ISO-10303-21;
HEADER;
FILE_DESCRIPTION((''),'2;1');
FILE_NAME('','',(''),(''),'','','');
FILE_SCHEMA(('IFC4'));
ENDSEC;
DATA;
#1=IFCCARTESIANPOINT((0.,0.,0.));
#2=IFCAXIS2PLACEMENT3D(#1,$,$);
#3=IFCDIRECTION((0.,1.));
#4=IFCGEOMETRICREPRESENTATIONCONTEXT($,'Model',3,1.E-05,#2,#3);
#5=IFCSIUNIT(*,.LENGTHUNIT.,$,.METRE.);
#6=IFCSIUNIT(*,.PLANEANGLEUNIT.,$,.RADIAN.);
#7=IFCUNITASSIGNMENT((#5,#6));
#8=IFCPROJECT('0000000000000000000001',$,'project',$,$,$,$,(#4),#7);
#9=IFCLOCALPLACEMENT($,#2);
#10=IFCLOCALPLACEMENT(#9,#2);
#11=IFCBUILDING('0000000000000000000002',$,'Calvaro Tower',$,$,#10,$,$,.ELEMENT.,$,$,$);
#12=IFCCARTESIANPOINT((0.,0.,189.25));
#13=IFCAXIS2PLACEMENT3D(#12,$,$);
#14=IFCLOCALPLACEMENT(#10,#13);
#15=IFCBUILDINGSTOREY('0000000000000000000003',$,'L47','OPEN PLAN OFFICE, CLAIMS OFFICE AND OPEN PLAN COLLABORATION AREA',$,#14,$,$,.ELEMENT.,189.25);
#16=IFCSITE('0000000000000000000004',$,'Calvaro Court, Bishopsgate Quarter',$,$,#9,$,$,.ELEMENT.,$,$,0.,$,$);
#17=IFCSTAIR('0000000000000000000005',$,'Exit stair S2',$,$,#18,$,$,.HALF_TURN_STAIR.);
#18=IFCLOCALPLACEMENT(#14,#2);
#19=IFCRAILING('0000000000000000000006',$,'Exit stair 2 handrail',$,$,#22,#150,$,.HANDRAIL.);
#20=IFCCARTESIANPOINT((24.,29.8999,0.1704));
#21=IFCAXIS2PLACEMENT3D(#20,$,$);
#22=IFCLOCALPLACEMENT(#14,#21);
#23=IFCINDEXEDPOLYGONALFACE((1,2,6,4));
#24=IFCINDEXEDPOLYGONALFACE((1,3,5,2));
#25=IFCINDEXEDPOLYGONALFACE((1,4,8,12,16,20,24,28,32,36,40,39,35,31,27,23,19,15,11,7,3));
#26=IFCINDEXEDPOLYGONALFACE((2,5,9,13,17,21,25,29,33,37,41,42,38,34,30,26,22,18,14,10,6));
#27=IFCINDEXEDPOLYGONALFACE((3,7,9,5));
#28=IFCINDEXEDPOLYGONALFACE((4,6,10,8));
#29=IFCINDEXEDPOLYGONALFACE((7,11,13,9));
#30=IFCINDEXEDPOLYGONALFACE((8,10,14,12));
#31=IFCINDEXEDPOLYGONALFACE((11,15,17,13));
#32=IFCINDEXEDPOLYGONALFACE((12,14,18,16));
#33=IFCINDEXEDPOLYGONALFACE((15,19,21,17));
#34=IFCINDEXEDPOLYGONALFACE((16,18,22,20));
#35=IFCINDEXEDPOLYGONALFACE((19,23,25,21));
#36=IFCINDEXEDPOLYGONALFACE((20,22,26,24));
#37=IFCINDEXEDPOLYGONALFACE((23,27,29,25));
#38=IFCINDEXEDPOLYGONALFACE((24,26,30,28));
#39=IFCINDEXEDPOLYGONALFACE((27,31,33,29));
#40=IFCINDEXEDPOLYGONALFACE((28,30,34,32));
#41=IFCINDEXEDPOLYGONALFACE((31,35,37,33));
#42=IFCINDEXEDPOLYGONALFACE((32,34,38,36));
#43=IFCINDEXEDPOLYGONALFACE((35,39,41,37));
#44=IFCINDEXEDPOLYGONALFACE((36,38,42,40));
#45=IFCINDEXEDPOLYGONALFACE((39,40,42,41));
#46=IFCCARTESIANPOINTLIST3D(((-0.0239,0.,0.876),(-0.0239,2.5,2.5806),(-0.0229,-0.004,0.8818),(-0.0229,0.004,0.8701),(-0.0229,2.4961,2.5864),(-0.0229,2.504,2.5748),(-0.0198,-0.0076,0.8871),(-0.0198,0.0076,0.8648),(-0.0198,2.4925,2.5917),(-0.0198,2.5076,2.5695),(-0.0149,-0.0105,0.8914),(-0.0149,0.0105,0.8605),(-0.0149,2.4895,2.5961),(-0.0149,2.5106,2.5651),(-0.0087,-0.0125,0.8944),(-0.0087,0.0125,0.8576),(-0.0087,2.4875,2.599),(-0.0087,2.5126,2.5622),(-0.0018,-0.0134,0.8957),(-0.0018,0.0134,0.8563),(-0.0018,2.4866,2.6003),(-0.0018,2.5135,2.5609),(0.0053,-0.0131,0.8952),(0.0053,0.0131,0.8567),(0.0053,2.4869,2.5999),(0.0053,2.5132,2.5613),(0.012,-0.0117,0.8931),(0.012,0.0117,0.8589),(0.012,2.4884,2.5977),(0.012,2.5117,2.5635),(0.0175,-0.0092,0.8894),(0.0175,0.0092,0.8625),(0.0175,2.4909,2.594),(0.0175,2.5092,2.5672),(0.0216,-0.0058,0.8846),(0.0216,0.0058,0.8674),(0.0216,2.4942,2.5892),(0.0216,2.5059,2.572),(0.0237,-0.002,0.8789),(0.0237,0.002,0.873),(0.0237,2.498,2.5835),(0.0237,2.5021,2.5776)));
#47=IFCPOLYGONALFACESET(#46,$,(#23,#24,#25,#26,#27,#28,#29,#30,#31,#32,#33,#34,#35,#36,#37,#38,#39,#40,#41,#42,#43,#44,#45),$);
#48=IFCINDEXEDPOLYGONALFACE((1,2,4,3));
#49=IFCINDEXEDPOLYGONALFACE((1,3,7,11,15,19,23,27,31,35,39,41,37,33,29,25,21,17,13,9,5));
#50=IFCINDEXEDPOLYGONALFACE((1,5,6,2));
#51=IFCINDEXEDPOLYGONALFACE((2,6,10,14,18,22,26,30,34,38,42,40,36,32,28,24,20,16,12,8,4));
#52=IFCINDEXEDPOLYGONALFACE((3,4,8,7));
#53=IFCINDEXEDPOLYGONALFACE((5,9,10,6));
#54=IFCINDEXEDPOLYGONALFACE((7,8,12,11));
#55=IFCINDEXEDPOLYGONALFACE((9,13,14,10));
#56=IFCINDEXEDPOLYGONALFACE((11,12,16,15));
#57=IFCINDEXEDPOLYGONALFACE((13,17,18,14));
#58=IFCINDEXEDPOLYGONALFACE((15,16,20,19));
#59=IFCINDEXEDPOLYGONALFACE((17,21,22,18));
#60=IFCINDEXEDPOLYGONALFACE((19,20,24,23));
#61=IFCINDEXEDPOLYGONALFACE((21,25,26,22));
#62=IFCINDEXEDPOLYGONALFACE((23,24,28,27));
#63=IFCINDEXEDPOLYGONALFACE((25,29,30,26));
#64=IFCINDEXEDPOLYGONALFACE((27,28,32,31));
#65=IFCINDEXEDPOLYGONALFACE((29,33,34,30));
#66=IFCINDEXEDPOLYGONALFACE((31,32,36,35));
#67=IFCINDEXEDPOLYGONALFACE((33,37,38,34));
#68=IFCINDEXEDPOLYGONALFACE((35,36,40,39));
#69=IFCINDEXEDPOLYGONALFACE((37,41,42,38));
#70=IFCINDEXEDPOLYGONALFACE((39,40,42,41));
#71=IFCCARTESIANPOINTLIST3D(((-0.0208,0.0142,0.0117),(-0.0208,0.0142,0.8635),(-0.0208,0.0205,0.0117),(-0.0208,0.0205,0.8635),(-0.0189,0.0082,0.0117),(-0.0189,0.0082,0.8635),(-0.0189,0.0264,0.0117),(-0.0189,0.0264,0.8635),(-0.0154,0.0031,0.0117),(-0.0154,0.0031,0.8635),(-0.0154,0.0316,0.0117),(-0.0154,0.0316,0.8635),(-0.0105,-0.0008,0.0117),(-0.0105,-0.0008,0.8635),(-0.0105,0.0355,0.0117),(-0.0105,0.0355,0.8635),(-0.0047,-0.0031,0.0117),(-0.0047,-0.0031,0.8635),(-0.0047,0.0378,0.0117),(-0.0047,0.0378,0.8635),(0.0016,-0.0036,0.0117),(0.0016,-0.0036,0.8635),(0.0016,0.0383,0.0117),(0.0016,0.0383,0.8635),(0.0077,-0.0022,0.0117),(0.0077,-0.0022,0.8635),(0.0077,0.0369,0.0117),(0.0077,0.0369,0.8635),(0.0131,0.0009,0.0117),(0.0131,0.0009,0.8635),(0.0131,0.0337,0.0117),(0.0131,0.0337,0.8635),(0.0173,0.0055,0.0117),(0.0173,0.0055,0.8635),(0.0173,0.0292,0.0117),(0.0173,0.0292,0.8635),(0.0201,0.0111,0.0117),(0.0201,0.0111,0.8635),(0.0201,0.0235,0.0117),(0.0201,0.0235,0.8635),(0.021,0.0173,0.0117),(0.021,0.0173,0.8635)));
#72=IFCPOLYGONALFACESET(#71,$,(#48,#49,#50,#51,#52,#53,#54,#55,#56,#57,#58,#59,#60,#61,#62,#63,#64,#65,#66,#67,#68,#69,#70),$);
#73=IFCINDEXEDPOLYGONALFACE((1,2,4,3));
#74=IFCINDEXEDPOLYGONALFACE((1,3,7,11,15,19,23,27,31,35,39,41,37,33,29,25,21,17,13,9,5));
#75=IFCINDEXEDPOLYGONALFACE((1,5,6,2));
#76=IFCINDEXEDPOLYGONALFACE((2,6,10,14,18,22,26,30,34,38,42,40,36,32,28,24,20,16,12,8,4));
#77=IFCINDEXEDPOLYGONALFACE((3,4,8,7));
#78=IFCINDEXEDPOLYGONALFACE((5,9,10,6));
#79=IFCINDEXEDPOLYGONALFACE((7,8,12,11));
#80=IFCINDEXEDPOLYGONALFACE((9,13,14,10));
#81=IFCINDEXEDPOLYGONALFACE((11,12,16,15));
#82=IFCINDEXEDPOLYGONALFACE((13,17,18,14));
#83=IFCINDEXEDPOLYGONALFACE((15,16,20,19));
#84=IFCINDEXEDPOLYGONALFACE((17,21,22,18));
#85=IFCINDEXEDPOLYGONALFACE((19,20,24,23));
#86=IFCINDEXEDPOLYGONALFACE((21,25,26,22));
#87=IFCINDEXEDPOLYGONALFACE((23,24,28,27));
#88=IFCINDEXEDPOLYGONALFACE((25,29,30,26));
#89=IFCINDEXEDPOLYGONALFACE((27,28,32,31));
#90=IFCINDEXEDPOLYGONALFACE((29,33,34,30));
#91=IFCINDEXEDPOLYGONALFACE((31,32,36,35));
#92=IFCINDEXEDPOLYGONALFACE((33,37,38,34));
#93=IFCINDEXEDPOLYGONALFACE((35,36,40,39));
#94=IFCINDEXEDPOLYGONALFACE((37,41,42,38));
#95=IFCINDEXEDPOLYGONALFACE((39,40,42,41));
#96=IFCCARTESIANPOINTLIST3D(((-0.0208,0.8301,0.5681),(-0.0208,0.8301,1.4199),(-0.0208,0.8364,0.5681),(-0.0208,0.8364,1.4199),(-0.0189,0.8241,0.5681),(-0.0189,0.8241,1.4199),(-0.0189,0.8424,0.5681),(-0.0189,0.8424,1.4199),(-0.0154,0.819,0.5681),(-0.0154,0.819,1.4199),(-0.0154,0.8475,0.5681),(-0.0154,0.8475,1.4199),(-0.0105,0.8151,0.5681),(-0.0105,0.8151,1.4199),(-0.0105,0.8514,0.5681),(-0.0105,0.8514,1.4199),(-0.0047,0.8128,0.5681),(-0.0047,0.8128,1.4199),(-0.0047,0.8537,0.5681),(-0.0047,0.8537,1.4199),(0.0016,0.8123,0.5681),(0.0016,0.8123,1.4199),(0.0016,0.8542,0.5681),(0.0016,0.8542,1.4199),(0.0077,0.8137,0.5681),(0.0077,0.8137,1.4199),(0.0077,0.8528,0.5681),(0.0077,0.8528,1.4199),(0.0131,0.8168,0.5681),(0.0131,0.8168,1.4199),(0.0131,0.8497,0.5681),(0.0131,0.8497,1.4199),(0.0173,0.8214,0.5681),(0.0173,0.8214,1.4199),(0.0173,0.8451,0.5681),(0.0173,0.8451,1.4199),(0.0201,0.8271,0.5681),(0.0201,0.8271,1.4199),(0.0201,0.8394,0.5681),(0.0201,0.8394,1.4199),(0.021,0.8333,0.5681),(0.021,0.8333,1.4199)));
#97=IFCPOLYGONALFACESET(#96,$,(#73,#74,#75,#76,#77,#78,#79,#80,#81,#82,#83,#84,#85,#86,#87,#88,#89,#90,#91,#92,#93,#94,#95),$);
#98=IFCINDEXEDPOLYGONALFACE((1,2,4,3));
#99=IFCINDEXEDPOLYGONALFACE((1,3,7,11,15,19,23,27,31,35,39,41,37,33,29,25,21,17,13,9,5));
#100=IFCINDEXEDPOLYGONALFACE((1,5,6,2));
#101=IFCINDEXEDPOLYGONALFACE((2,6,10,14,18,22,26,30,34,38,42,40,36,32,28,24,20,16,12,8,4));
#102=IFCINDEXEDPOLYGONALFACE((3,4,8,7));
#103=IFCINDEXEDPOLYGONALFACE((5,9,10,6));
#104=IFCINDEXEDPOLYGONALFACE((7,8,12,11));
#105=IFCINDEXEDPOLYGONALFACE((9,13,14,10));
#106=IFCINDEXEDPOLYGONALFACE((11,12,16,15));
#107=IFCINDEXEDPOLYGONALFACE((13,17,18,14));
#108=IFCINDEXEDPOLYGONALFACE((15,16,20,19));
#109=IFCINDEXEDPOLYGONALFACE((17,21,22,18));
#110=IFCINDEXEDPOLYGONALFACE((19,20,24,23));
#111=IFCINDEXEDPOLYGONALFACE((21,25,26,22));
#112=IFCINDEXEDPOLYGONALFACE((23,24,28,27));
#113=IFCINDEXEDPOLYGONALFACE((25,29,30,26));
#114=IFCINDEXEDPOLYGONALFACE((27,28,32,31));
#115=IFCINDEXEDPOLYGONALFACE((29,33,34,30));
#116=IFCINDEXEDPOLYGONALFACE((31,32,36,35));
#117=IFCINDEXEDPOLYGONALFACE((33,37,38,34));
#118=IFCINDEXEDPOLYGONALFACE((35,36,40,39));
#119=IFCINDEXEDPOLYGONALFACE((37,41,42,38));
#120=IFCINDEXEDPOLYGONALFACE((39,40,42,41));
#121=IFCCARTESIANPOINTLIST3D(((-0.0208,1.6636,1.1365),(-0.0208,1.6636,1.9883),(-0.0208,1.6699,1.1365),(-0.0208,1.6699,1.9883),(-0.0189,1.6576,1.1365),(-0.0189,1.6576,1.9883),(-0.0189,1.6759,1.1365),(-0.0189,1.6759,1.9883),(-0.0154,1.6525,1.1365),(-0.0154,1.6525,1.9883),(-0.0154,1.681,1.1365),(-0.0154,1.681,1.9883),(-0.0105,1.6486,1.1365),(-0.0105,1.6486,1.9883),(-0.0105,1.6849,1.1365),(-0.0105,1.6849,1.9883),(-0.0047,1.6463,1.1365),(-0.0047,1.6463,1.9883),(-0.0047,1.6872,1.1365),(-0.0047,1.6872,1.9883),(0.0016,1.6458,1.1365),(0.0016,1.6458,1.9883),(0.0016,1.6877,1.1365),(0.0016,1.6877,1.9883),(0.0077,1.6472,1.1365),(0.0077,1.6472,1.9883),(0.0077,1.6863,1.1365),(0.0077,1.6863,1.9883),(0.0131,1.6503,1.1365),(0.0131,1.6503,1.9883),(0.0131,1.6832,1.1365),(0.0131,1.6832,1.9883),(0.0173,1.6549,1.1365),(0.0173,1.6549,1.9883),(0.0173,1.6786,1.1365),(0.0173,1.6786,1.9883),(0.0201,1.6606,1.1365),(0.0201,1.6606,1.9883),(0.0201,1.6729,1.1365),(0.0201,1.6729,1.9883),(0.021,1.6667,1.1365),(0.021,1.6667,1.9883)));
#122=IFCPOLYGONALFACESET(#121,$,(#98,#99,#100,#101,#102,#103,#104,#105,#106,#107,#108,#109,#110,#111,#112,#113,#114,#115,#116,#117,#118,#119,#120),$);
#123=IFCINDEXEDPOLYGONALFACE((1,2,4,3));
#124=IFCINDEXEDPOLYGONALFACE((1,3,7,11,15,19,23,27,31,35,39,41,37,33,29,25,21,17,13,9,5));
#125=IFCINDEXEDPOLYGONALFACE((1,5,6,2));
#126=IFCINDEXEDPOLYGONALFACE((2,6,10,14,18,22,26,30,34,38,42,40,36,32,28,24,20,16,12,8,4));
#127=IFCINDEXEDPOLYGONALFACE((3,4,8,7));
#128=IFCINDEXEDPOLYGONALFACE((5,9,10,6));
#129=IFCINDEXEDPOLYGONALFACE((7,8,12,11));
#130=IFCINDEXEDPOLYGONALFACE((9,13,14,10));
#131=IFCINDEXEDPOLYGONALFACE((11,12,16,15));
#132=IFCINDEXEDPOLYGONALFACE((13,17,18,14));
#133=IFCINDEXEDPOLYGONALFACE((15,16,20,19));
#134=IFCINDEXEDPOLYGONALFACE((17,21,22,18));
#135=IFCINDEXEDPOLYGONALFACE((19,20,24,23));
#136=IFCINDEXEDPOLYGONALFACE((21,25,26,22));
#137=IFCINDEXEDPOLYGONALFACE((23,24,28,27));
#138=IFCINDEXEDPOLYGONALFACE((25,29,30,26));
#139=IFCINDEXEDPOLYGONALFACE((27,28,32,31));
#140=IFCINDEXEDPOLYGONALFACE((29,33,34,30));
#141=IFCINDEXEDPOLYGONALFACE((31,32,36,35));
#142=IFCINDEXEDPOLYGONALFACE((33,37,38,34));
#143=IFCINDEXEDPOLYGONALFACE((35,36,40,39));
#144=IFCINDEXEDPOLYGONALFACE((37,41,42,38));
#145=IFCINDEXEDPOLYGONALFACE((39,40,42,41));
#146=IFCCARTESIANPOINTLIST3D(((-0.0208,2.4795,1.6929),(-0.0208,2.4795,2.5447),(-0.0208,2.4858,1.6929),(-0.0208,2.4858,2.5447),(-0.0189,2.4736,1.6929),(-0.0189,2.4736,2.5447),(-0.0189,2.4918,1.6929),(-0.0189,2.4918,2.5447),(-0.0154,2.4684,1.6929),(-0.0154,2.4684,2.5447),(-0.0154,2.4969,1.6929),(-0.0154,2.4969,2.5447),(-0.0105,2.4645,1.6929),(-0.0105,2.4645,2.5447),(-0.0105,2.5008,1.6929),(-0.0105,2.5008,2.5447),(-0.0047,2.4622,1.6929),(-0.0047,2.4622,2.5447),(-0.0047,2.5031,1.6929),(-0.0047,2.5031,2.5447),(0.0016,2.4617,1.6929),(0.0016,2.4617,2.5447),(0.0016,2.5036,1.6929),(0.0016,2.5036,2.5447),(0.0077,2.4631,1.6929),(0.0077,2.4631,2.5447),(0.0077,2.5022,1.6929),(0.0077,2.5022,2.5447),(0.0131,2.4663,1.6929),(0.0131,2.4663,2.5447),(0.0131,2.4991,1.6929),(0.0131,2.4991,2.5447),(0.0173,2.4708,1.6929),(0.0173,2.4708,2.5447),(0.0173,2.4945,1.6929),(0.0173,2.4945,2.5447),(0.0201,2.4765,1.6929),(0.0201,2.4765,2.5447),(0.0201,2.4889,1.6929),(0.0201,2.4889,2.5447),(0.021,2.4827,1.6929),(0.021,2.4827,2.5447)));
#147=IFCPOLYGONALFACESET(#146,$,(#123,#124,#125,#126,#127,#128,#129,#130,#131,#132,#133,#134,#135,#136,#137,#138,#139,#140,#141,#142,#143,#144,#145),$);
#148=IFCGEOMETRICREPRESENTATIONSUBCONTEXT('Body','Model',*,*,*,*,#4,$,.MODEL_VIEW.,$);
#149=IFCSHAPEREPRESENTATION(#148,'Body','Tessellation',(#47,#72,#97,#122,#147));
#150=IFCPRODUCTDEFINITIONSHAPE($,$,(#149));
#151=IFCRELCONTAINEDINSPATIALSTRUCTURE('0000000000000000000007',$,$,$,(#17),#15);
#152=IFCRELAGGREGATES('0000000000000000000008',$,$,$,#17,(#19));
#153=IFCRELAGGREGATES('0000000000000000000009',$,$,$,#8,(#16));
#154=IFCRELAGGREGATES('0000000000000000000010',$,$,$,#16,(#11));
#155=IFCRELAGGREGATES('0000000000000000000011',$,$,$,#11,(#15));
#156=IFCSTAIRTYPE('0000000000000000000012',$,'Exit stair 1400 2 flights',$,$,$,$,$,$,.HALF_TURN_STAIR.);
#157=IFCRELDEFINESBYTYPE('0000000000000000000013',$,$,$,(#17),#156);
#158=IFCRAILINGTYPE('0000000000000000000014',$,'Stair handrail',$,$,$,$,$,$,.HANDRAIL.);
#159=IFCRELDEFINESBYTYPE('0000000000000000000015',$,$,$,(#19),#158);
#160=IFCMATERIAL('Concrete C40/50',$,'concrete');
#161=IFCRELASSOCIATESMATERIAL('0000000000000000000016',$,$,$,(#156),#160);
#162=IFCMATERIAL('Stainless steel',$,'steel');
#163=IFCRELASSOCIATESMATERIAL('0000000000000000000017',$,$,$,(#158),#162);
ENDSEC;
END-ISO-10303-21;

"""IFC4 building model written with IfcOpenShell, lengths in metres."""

from ifc_helpers import new_model, si_unit, direction, frame, origin, origin_2d, place, context, subcontext, project, spatial, circle, extrude, material, type_object, element, aggregate, save


model = new_model("IFC4")

# Units and contexts
model_context = context("Model", 3, precision=1e-05, world=origin(), true_north=direction((0.0, 1.0)))
body_context = subcontext(model_context, "Body", "Model", "MODEL_VIEW")
ifc_project = project(units=[si_unit("LENGTHUNIT", "METRE"), si_unit("PLANEANGLEUNIT", "RADIAN")], contexts=[model_context])

# Site, building, storey
site_placement = place(None, origin())
site = spatial("IfcSite", under=ifc_project, at=site_placement, Name="Calvaro Court, Bishopsgate Quarter", CompositionType="ELEMENT", RefElevation=0.0)
building_placement = place(site_placement, origin())
building = spatial("IfcBuilding", under=site, at=building_placement, Name="Calvaro Tower", CompositionType="ELEMENT")
storey_placement = place(building_placement, frame((0.0, 0.0, 189.25)))
storey = spatial("IfcBuildingStorey", under=building, at=storey_placement, Name="L47", Description="OPEN PLAN OFFICE, CLAIMS OFFICE AND OPEN PLAN COLLABORATION AREA", CompositionType="ELEMENT", Elevation=189.25)

# Stair, railing
ifc_material_1 = material(Name="Concrete C40/50", Category="concrete")
stair_type = type_object("IfcStairType", Name="Exit stair 1400 2 flights", PredefinedType="HALF_TURN_STAIR", material=ifc_material_1)
stair_placement = place(storey_placement, origin())
stair = element("IfcStair", 1, at=stair_placement, inside=storey, type_object=stair_type, Name="Exit stair S2", PredefinedType="HALF_TURN_STAIR")
ifc_material_2 = material(Name="Stainless steel", Category="steel")
railing_type = type_object("IfcRailingType", Name="Stair handrail", PredefinedType="HANDRAIL", material=ifc_material_2)
railing_placement = place(storey_placement, frame((24.0, 29.8999, 0.1704)))
railing = element("IfcRailing", 2, at=railing_placement, type_object=railing_type, Name="Exit stair 2 handrail", PredefinedType="HANDRAIL", context=body_context, shape_type="SweptSolid", body=[
    extrude(circle(Radius=0.0239, at=origin_2d()), frame((0.0, 0.0, 0.876), z_axis=(0.0, 0.826221, 0.563347), x_axis=(-1.0, 0.0, 0.0)), (0.0, 0.0, 1.0), 3.0259),
    extrude(circle(Radius=0.021, at=origin_2d()), frame((0.0, 0.0173, 0.0117)), (0.0, 0.0, 1.0), 0.8518),
    extrude(circle(Radius=0.021, at=origin_2d()), frame((0.0, 0.8333, 0.5681)), (0.0, 0.0, 1.0), 0.8518),
    extrude(circle(Radius=0.021, at=origin_2d()), frame((0.0, 1.6667, 1.1365)), (0.0, 0.0, 1.0), 0.8518),
    extrude(circle(Radius=0.021, at=origin_2d()), frame((0.0, 2.4827, 1.6929)), (0.0, 0.0, 1.0), 0.8518),
])
aggregate(stair, [railing])

save(model, "model.ifc")
